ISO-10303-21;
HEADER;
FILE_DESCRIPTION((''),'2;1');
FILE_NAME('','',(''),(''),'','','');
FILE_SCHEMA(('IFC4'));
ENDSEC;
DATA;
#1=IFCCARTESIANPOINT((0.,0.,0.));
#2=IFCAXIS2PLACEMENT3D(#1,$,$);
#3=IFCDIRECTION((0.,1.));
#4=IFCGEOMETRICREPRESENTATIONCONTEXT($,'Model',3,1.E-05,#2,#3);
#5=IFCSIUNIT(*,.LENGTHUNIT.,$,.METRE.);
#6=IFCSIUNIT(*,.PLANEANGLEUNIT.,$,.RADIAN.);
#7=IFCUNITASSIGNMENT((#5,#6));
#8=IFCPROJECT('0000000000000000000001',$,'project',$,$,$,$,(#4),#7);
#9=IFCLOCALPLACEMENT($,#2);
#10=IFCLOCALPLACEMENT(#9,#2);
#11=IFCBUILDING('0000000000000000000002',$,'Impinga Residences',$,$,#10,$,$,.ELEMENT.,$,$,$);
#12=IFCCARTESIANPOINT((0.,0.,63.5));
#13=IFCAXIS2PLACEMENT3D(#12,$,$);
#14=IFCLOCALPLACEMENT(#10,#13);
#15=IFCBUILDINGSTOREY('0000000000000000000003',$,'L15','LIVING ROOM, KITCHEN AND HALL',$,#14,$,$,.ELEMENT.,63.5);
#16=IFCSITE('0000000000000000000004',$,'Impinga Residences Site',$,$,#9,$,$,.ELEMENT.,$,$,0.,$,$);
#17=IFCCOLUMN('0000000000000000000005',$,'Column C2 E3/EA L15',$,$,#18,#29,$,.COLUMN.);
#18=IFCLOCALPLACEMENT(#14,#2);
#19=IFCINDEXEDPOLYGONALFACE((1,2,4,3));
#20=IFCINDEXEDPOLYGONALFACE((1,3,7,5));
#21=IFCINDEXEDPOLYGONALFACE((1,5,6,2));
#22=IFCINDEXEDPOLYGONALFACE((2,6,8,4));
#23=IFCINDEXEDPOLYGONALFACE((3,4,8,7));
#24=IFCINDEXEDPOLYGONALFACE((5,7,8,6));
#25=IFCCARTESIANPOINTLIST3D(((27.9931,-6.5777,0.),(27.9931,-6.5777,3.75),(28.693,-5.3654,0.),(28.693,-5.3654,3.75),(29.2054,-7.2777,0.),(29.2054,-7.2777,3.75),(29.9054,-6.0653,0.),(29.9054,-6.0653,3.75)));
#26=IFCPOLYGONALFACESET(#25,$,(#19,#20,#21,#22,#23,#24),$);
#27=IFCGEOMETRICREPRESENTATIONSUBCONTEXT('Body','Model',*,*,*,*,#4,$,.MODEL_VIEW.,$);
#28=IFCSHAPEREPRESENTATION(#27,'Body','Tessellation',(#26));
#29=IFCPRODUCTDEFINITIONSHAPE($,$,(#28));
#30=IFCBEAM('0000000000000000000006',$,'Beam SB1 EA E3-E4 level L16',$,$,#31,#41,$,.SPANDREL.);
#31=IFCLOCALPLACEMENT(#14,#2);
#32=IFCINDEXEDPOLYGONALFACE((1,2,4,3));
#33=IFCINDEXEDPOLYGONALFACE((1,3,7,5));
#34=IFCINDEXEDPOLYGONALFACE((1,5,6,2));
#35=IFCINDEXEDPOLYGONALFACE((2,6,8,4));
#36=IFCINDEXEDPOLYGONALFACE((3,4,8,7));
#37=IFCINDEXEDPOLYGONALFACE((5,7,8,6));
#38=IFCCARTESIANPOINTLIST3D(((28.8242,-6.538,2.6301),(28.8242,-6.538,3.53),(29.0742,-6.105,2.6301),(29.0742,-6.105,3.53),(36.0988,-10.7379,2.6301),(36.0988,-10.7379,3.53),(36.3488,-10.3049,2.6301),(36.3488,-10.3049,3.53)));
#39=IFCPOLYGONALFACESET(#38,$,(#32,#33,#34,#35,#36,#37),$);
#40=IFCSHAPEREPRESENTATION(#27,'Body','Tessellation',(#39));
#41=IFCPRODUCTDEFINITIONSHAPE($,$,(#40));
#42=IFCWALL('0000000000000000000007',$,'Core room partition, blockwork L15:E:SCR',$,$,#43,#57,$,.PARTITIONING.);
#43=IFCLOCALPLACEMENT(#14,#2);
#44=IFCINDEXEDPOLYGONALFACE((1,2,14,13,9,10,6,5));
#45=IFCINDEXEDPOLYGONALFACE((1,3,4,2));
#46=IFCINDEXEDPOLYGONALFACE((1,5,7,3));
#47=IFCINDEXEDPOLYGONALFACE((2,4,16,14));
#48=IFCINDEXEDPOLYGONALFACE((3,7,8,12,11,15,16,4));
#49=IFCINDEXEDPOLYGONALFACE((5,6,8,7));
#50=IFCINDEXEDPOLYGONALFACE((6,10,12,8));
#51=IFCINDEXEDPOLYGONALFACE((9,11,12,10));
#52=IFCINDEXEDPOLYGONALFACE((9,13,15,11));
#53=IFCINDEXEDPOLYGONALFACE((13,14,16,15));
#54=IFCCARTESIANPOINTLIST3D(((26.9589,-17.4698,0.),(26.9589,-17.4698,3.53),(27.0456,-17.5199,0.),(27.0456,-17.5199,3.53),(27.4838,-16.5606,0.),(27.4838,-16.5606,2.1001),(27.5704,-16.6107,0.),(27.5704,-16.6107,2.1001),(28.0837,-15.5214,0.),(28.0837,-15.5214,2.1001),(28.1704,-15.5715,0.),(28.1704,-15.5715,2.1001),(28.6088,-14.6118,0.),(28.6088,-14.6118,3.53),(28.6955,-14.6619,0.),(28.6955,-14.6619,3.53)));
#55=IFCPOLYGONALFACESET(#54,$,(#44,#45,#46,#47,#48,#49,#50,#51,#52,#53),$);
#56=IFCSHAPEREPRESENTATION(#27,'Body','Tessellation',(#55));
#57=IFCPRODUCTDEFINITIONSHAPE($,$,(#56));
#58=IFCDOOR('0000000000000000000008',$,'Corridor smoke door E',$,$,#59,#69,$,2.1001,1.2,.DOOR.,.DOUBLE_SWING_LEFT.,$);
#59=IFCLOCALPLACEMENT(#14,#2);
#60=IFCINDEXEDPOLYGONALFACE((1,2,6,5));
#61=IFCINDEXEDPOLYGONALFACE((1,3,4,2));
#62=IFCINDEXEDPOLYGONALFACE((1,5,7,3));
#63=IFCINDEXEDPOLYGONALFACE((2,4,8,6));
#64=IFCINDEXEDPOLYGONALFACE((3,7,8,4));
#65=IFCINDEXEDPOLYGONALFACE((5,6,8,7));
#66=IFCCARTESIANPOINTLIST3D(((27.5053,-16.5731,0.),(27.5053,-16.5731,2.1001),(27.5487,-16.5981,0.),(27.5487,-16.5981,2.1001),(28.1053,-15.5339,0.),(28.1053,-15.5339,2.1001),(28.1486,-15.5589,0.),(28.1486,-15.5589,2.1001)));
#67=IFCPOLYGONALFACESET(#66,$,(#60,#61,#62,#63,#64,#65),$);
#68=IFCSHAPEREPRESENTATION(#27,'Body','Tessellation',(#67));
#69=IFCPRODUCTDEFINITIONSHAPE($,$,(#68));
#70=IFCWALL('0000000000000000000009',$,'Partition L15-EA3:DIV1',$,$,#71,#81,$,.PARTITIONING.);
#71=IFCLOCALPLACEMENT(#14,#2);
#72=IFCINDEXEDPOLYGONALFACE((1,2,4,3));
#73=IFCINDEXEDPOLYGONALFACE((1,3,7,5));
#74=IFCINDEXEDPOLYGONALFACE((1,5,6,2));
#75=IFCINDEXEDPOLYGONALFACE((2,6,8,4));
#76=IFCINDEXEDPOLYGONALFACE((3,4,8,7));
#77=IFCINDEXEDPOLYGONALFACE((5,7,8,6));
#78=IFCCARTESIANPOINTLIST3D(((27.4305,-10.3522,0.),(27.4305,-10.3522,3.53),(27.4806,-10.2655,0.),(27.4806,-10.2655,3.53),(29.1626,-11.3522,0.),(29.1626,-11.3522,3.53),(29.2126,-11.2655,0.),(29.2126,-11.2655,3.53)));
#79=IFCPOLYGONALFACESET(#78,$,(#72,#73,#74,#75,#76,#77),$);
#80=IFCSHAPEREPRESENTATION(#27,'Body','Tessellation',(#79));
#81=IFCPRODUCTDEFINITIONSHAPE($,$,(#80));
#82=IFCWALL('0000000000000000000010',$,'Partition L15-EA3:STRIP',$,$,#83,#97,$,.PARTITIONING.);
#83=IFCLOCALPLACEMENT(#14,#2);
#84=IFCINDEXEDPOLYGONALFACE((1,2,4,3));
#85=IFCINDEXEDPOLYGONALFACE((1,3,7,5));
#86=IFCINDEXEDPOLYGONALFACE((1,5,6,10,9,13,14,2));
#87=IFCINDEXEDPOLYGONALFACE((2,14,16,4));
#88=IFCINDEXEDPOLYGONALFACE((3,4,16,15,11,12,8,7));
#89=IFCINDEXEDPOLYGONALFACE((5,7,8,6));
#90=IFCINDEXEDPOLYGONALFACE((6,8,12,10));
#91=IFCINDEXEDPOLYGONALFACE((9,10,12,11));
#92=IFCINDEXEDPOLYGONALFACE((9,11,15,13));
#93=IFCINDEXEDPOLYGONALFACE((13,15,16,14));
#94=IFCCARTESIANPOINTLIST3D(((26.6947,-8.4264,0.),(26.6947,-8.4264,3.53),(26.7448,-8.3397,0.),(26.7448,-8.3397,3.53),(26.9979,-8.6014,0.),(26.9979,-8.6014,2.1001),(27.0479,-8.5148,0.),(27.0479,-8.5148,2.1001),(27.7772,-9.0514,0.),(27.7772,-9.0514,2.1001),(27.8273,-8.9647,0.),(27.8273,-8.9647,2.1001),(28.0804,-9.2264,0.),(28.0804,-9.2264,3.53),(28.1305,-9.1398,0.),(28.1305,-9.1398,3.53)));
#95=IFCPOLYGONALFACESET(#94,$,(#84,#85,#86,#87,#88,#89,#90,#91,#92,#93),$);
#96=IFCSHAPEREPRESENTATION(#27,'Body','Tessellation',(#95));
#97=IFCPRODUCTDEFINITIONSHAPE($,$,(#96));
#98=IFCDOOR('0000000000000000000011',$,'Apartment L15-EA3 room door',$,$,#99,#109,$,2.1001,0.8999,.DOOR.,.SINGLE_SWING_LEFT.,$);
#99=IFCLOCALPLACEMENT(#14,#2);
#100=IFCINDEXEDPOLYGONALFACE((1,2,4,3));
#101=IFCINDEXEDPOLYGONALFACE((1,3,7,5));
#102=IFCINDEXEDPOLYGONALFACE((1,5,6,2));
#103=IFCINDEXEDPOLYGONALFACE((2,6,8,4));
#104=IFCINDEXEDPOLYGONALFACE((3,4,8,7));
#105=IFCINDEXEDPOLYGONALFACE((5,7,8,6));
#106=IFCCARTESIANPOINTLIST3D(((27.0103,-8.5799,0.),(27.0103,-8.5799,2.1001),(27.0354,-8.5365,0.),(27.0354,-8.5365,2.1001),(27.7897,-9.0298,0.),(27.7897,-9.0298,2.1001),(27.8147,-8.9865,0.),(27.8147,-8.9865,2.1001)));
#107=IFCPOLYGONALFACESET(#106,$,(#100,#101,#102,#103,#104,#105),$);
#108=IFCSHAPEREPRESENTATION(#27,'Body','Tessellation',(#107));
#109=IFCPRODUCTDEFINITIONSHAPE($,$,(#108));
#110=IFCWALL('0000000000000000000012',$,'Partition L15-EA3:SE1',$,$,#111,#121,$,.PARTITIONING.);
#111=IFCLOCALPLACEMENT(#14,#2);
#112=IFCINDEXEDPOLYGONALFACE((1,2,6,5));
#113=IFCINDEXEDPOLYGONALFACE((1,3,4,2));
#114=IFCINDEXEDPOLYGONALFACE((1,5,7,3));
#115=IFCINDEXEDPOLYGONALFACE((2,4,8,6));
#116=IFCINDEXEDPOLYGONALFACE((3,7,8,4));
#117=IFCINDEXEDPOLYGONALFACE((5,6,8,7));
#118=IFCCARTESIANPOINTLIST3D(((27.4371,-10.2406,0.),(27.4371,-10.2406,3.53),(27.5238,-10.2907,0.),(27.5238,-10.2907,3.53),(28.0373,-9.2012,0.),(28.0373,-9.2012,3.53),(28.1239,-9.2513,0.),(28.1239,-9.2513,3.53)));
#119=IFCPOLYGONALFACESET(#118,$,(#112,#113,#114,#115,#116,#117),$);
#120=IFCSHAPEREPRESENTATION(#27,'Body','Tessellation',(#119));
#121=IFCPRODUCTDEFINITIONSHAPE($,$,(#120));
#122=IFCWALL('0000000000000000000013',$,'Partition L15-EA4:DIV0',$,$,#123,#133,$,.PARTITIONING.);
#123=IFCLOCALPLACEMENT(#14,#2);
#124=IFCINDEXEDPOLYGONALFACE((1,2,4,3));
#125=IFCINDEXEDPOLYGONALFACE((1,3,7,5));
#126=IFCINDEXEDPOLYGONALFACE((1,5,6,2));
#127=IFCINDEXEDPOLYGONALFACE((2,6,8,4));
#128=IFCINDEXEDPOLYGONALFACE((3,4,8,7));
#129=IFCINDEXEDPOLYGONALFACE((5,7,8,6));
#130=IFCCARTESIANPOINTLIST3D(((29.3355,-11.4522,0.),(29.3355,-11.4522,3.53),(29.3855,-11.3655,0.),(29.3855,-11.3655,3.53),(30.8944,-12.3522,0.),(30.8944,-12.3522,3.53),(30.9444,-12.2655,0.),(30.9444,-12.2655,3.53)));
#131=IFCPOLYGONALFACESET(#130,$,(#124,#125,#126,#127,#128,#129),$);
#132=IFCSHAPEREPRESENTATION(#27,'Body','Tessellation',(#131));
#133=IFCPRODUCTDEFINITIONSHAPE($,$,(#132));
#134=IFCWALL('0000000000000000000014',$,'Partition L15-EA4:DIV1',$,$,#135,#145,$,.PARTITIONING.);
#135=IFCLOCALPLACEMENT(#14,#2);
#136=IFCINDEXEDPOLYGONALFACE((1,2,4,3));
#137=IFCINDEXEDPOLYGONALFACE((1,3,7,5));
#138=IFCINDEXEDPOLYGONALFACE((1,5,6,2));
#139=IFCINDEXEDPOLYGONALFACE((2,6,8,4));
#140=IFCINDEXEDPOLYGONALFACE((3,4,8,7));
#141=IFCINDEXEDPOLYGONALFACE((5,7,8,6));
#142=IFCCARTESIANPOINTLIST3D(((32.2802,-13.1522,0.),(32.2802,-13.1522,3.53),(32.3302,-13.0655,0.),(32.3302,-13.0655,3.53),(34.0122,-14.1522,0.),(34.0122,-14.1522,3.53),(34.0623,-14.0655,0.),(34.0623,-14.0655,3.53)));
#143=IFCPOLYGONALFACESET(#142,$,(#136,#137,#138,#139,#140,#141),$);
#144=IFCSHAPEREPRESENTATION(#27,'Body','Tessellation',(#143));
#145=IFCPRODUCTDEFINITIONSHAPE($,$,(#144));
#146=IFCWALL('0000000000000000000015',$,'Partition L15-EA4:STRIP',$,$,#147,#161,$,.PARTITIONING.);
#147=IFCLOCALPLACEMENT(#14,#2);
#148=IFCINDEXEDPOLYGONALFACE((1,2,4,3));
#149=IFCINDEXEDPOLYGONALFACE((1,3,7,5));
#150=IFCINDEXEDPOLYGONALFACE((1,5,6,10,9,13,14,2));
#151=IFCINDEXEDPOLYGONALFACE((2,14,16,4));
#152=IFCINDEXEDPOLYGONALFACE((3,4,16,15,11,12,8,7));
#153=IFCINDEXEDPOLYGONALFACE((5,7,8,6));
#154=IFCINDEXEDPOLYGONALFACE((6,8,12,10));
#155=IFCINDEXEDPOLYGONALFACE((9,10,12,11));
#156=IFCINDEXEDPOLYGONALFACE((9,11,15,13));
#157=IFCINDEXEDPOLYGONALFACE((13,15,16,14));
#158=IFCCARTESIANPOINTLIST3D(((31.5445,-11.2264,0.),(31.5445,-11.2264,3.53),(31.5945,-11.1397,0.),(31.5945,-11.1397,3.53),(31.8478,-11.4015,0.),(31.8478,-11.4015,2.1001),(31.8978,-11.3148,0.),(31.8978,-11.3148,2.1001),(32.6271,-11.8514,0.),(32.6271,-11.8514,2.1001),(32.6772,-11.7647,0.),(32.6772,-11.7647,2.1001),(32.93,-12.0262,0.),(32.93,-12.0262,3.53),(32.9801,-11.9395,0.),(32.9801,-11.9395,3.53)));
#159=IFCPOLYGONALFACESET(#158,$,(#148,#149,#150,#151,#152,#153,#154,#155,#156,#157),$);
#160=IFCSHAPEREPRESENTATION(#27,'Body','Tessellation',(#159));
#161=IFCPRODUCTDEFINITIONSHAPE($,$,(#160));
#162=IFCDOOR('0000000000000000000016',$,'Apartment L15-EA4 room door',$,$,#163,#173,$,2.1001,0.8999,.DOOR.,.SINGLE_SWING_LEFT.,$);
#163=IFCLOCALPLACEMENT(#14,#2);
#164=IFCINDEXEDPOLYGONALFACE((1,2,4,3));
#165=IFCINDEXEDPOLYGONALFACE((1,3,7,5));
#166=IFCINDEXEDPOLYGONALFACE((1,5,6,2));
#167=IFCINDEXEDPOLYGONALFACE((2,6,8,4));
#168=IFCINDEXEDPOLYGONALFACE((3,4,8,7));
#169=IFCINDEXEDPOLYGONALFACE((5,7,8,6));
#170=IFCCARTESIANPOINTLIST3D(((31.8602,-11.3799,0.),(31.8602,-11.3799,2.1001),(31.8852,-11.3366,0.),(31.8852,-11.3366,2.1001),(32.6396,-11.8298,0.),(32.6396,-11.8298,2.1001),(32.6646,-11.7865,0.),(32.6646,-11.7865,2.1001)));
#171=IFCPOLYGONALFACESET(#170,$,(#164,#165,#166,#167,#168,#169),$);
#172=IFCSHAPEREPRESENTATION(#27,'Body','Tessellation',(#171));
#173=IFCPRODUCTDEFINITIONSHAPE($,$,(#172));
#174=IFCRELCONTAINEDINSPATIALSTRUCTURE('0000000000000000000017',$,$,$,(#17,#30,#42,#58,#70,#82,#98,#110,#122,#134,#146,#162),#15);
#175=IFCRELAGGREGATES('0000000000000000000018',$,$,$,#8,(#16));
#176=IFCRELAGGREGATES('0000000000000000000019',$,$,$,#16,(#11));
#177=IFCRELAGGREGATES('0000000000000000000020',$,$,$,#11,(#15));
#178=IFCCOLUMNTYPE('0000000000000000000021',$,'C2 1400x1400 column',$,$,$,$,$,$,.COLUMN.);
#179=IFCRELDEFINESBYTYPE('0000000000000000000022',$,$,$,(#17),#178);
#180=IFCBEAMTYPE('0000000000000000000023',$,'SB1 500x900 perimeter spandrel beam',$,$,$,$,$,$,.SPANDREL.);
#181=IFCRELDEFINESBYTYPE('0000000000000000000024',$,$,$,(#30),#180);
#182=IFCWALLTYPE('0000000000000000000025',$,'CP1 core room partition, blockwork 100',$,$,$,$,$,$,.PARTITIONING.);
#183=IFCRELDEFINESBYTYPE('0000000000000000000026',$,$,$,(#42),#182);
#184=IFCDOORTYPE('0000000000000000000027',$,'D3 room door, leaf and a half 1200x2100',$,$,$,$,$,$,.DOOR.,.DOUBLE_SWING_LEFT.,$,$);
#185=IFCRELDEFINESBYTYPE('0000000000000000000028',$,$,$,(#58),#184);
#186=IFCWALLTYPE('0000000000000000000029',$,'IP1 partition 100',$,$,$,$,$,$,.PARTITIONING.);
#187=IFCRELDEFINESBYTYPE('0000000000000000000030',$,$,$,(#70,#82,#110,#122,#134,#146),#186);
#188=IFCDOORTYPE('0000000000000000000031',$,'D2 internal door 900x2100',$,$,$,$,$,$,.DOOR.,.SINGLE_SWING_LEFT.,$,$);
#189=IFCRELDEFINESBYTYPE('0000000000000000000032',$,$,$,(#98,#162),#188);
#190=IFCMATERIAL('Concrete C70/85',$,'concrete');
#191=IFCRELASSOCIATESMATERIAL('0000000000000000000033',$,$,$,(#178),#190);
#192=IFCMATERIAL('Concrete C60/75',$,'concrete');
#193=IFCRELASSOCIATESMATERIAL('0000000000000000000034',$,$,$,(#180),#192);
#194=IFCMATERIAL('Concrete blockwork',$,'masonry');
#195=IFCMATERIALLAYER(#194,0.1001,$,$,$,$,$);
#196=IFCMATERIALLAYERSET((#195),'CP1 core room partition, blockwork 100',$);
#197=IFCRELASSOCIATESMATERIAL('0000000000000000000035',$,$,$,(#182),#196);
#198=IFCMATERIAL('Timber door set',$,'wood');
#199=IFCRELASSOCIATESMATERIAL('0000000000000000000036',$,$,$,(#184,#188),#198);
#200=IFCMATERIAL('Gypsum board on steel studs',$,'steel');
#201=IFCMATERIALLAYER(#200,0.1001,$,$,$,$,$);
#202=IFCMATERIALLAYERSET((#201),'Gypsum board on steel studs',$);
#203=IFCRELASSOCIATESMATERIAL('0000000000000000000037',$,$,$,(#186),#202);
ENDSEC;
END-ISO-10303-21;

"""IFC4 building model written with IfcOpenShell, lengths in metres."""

from ifc_helpers import new_model, si_unit, direction, frame, frame_2d, origin, origin_2d, place, context, subcontext, project, spatial, rectangle, extrude, material, layer, layer_set, material_profile, profile_set, type_object, element, fill, save


model = new_model("IFC4")

# Units and contexts
model_context = context("Model", 3, precision=1e-05, world=origin(), true_north=direction((0.0, 1.0)))
body_context = subcontext(model_context, "Body", "Model", "MODEL_VIEW")
ifc_project = project(units=[si_unit("LENGTHUNIT", "METRE"), si_unit("PLANEANGLEUNIT", "RADIAN")], contexts=[model_context])

# Site, building, storey
site_placement = place(None, origin())
site = spatial("IfcSite", under=ifc_project, at=site_placement, Name="Impinga Residences Site", CompositionType="ELEMENT", RefElevation=0.0)
building_placement = place(site_placement, origin())
building = spatial("IfcBuilding", under=site, at=building_placement, Name="Impinga Residences", CompositionType="ELEMENT")
storey_placement = place(building_placement, frame((0.0, 0.0, 63.5)))
storey = spatial("IfcBuildingStorey", under=building, at=storey_placement, Name="L15", Description="LIVING ROOM, KITCHEN AND HALL", CompositionType="ELEMENT", Elevation=63.5)

# Column
ifc_material_1 = material(Name="Concrete C70/85", Category="concrete")
ifc_material_profile_1 = material_profile(ifc_material_1, rectangle(XDim=1.3999, YDim=1.3999, at=origin_2d()), Name="RC 1400x1400")
ifc_profile_set_1 = profile_set([ifc_material_profile_1], Name="Concrete C70/85")
column_type = type_object("IfcColumnType", Name="C2 1400x1400 column", PredefinedType="COLUMN", material=ifc_profile_set_1)
column_placement = place(storey_placement, frame((28.9492, -6.3215, 0.0), z_axis=(0.0, 0.0, 1.0), x_axis=(-0.5, -0.866025, 0.0)))
element("IfcColumn", 1, at=column_placement, inside=storey, type_object=column_type, Name="Column C2 E3/EA L15", PredefinedType="COLUMN", context=body_context, shape_type="SweptSolid", body=[
    extrude(rectangle(XDim=1.3999, YDim=1.3999, at=origin_2d()), origin(), (0.0, 0.0, 1.0), 3.75),
])

# Beam
ifc_material_2 = material(Name="Concrete C60/75", Category="concrete")
ifc_material_profile_2 = material_profile(ifc_material_2, rectangle(XDim=0.5, YDim=0.8999, at=origin_2d()), Name="RC 500x900")
ifc_profile_set_2 = profile_set([ifc_material_profile_2], Name="Concrete C60/75")
beam_type = type_object("IfcBeamType", Name="SB1 500x900 perimeter spandrel beam", PredefinedType="SPANDREL", material=ifc_profile_set_2)
beam_placement = place(storey_placement, frame((28.9492, -6.3215, 3.0801), z_axis=(0.866029, -0.499993, 0.0), x_axis=(0.499993, 0.866029, 0.0)))
element("IfcBeam", 2, at=beam_placement, inside=storey, type_object=beam_type, Name="Beam SB1 EA E3-E4 level L16", PredefinedType="SPANDREL", context=body_context, shape_type="SweptSolid", body=[
    extrude(rectangle(XDim=0.5, YDim=0.8999, at=origin_2d()), origin(), (0.0, 0.0, 1.0), 8.3999),
])

# Wall, opening, door
ifc_material_3 = material(Name="Concrete blockwork", Category="masonry")
ifc_layer_1 = layer(ifc_material_3, 0.1001)
ifc_layer_set_1 = layer_set([ifc_layer_1], Name="CP1 core room partition, blockwork 100")
wall_type_1 = type_object("IfcWallType", Name="CP1 core room partition, blockwork 100", PredefinedType="PARTITIONING", material=ifc_layer_set_1)
wall_1_placement = place(storey_placement, frame((28.6521, -14.637, 0.0), z_axis=(0.0, 0.0, 1.0), x_axis=(-0.499974, -0.86604, 0.0)))
wall_1 = element("IfcWall", 3, at=wall_1_placement, inside=storey, type_object=wall_type_1, Name="Core room partition, blockwork L15:E:SCR", PredefinedType="PARTITIONING", context=body_context, shape_type="SweptSolid", body=[
    extrude(rectangle(XDim=3.3, YDim=0.1001, at=frame_2d((1.6499, 0.0))), origin(), (0.0, 0.0, 1.0), 3.53),
])
opening_1_placement = place(wall_1_placement, frame((1.05, 0.0, 0.0)))
opening_1 = element("IfcOpeningElement", 4, at=opening_1_placement, cuts=wall_1, PredefinedType="OPENING", context=body_context, shape_type="SweptSolid", body=[
    extrude(rectangle(XDim=1.2, YDim=2.1001, at=frame_2d((0.6001, 1.05))), frame((0.0, 0.0601, 0.0), z_axis=(0.0, -1.0, 0.0), x_axis=(1.0, 0.0, 0.0)), (0.0, 0.0, 1.0), 0.1201),
])
ifc_material_4 = material(Name="Timber door set", Category="wood")
door_type_1 = type_object("IfcDoorType", Name="D3 room door, leaf and a half 1200x2100", OperationType="DOUBLE_SWING_LEFT", PredefinedType="DOOR", material=ifc_material_4)
door_1_placement = place(opening_1_placement, origin())
door_1 = element("IfcDoor", 5, at=door_1_placement, inside=storey, type_object=door_type_1, Name="Corridor smoke door E", OperationType="DOUBLE_SWING_LEFT", OverallHeight=2.1001, OverallWidth=1.2, PredefinedType="DOOR", context=body_context, shape_type="SweptSolid", body=[
    extrude(rectangle(XDim=1.2, YDim=2.1001, at=frame_2d((0.6001, 1.05))), frame((0.0, 0.0249, 0.0), z_axis=(0.0, -1.0, 0.0), x_axis=(1.0, 0.0, 0.0)), (0.0, 0.0, 1.0), 0.05),
])
fill(opening_1, door_1)

# Wall
ifc_material_5 = material(Name="Gypsum board on steel studs", Category="steel")
ifc_layer_2 = layer(ifc_material_5, 0.1001)
ifc_layer_set_2 = layer_set([ifc_layer_2], Name="Gypsum board on steel studs")
wall_type_2 = type_object("IfcWallType", Name="IP1 partition 100", PredefinedType="PARTITIONING", material=ifc_layer_set_2)
wall_2_placement = place(storey_placement, frame((27.4556, -10.3088, 0.0), z_axis=(0.0, 0.0, 1.0), x_axis=(0.866011, -0.500025, 0.0)))
element("IfcWall", 6, at=wall_2_placement, inside=storey, type_object=wall_type_2, Name="Partition L15-EA3:DIV1", PredefinedType="PARTITIONING", context=body_context, shape_type="SweptSolid", body=[
    extrude(rectangle(XDim=2.0, YDim=0.1001, at=frame_2d((1.0, 0.0))), origin(), (0.0, 0.0, 1.0), 3.53),
])

# Wall, opening, door
wall_3_placement = place(storey_placement, frame((26.7197, -8.3831, 0.0), z_axis=(0.0, 0.0, 1.0), x_axis=(0.866028, -0.499995, 0.0)))
wall_3 = element("IfcWall", 7, at=wall_3_placement, inside=storey, type_object=wall_type_2, Name="Partition L15-EA3:STRIP", PredefinedType="PARTITIONING", context=body_context, shape_type="SweptSolid", body=[
    extrude(rectangle(XDim=1.6001, YDim=0.1001, at=frame_2d((0.8, 0.0))), origin(), (0.0, 0.0, 1.0), 3.53),
])
opening_2_placement = place(wall_3_placement, frame((0.3501, 0.0, 0.0)))
opening_2 = element("IfcOpeningElement", 8, at=opening_2_placement, cuts=wall_3, PredefinedType="OPENING", context=body_context, shape_type="SweptSolid", body=[
    extrude(rectangle(XDim=0.8999, YDim=2.1001, at=frame_2d((0.45, 1.05))), frame((0.0, 0.0601, 0.0), z_axis=(0.0, -1.0, 0.0), x_axis=(1.0, 0.0, 0.0)), (0.0, 0.0, 1.0), 0.1201),
])
door_type_2 = type_object("IfcDoorType", Name="D2 internal door 900x2100", OperationType="SINGLE_SWING_LEFT", PredefinedType="DOOR", material=ifc_material_4)
door_2_placement = place(opening_2_placement, origin())
door_2 = element("IfcDoor", 9, at=door_2_placement, inside=storey, type_object=door_type_2, Name="Apartment L15-EA3 room door", OperationType="SINGLE_SWING_LEFT", OverallHeight=2.1001, OverallWidth=0.8999, PredefinedType="DOOR", context=body_context, shape_type="SweptSolid", body=[
    extrude(rectangle(XDim=0.8999, YDim=2.1001, at=frame_2d((0.45, 1.05))), frame((0.0, 0.0249, 0.0), z_axis=(0.0, -1.0, 0.0), x_axis=(1.0, 0.0, 0.0)), (0.0, 0.0, 1.0), 0.05),
])
fill(opening_2, door_2)

# Walls
wall_4_placement = place(storey_placement, frame((27.4805, -10.2656, 0.0), z_axis=(0.0, 0.0, 1.0), x_axis=(0.500034, 0.866006, 0.0)))
element("IfcWall", 10, at=wall_4_placement, inside=storey, type_object=wall_type_2, Name="Partition L15-EA3:SE1", PredefinedType="PARTITIONING", context=body_context, shape_type="SweptSolid", body=[
    extrude(rectangle(XDim=1.2002, YDim=0.1001, at=frame_2d((0.6001, 0.0))), origin(), (0.0, 0.0, 1.0), 3.53),
])
wall_5_placement = place(storey_placement, frame((29.3606, -11.4089, 0.0), z_axis=(0.0, 0.0, 1.0), x_axis=(0.866048, -0.499961, 0.0)))
element("IfcWall", 11, at=wall_5_placement, inside=storey, type_object=wall_type_2, Name="Partition L15-EA4:DIV0", PredefinedType="PARTITIONING", context=body_context, shape_type="SweptSolid", body=[
    extrude(rectangle(XDim=1.8, YDim=0.1001, at=frame_2d((0.8999, 0.0))), origin(), (0.0, 0.0, 1.0), 3.53),
])
wall_6_placement = place(storey_placement, frame((32.3052, -13.1089, 0.0), z_axis=(0.0, 0.0, 1.0), x_axis=(0.866041, -0.499973, 0.0)))
element("IfcWall", 12, at=wall_6_placement, inside=storey, type_object=wall_type_2, Name="Partition L15-EA4:DIV1", PredefinedType="PARTITIONING", context=body_context, shape_type="SweptSolid", body=[
    extrude(rectangle(XDim=2.0, YDim=0.1001, at=frame_2d((1.0, 0.0))), origin(), (0.0, 0.0, 1.0), 3.53),
])

# Wall, opening, door
wall_7_placement = place(storey_placement, frame((31.5696, -11.1831, 0.0), z_axis=(0.0, 0.0, 1.0), x_axis=(0.866056, -0.499947, 0.0)))
wall_7 = element("IfcWall", 13, at=wall_7_placement, inside=storey, type_object=wall_type_2, Name="Partition L15-EA4:STRIP", PredefinedType="PARTITIONING", context=body_context, shape_type="SweptSolid", body=[
    extrude(rectangle(XDim=1.5999, YDim=0.1001, at=frame_2d((0.7998, 0.0))), origin(), (0.0, 0.0, 1.0), 3.53),
])
opening_3_placement = place(wall_7_placement, frame((0.3501, 0.0, 0.0)))
opening_3 = element("IfcOpeningElement", 14, at=opening_3_placement, cuts=wall_7, PredefinedType="OPENING", context=body_context, shape_type="SweptSolid", body=[
    extrude(rectangle(XDim=0.8999, YDim=2.1001, at=frame_2d((0.45, 1.05))), frame((0.0, 0.0601, 0.0), z_axis=(0.0, -1.0, 0.0), x_axis=(1.0, 0.0, 0.0)), (0.0, 0.0, 1.0), 0.1201),
])
door_3_placement = place(opening_3_placement, origin())
door_3 = element("IfcDoor", 15, at=door_3_placement, inside=storey, type_object=door_type_2, Name="Apartment L15-EA4 room door", OperationType="SINGLE_SWING_LEFT", OverallHeight=2.1001, OverallWidth=0.8999, PredefinedType="DOOR", context=body_context, shape_type="SweptSolid", body=[
    extrude(rectangle(XDim=0.8999, YDim=2.1001, at=frame_2d((0.45, 1.05))), frame((0.0, 0.0249, 0.0), z_axis=(0.0, -1.0, 0.0), x_axis=(1.0, 0.0, 0.0)), (0.0, 0.0, 1.0), 0.05),
])
fill(opening_3, door_3)

save(model, "model.ifc")
